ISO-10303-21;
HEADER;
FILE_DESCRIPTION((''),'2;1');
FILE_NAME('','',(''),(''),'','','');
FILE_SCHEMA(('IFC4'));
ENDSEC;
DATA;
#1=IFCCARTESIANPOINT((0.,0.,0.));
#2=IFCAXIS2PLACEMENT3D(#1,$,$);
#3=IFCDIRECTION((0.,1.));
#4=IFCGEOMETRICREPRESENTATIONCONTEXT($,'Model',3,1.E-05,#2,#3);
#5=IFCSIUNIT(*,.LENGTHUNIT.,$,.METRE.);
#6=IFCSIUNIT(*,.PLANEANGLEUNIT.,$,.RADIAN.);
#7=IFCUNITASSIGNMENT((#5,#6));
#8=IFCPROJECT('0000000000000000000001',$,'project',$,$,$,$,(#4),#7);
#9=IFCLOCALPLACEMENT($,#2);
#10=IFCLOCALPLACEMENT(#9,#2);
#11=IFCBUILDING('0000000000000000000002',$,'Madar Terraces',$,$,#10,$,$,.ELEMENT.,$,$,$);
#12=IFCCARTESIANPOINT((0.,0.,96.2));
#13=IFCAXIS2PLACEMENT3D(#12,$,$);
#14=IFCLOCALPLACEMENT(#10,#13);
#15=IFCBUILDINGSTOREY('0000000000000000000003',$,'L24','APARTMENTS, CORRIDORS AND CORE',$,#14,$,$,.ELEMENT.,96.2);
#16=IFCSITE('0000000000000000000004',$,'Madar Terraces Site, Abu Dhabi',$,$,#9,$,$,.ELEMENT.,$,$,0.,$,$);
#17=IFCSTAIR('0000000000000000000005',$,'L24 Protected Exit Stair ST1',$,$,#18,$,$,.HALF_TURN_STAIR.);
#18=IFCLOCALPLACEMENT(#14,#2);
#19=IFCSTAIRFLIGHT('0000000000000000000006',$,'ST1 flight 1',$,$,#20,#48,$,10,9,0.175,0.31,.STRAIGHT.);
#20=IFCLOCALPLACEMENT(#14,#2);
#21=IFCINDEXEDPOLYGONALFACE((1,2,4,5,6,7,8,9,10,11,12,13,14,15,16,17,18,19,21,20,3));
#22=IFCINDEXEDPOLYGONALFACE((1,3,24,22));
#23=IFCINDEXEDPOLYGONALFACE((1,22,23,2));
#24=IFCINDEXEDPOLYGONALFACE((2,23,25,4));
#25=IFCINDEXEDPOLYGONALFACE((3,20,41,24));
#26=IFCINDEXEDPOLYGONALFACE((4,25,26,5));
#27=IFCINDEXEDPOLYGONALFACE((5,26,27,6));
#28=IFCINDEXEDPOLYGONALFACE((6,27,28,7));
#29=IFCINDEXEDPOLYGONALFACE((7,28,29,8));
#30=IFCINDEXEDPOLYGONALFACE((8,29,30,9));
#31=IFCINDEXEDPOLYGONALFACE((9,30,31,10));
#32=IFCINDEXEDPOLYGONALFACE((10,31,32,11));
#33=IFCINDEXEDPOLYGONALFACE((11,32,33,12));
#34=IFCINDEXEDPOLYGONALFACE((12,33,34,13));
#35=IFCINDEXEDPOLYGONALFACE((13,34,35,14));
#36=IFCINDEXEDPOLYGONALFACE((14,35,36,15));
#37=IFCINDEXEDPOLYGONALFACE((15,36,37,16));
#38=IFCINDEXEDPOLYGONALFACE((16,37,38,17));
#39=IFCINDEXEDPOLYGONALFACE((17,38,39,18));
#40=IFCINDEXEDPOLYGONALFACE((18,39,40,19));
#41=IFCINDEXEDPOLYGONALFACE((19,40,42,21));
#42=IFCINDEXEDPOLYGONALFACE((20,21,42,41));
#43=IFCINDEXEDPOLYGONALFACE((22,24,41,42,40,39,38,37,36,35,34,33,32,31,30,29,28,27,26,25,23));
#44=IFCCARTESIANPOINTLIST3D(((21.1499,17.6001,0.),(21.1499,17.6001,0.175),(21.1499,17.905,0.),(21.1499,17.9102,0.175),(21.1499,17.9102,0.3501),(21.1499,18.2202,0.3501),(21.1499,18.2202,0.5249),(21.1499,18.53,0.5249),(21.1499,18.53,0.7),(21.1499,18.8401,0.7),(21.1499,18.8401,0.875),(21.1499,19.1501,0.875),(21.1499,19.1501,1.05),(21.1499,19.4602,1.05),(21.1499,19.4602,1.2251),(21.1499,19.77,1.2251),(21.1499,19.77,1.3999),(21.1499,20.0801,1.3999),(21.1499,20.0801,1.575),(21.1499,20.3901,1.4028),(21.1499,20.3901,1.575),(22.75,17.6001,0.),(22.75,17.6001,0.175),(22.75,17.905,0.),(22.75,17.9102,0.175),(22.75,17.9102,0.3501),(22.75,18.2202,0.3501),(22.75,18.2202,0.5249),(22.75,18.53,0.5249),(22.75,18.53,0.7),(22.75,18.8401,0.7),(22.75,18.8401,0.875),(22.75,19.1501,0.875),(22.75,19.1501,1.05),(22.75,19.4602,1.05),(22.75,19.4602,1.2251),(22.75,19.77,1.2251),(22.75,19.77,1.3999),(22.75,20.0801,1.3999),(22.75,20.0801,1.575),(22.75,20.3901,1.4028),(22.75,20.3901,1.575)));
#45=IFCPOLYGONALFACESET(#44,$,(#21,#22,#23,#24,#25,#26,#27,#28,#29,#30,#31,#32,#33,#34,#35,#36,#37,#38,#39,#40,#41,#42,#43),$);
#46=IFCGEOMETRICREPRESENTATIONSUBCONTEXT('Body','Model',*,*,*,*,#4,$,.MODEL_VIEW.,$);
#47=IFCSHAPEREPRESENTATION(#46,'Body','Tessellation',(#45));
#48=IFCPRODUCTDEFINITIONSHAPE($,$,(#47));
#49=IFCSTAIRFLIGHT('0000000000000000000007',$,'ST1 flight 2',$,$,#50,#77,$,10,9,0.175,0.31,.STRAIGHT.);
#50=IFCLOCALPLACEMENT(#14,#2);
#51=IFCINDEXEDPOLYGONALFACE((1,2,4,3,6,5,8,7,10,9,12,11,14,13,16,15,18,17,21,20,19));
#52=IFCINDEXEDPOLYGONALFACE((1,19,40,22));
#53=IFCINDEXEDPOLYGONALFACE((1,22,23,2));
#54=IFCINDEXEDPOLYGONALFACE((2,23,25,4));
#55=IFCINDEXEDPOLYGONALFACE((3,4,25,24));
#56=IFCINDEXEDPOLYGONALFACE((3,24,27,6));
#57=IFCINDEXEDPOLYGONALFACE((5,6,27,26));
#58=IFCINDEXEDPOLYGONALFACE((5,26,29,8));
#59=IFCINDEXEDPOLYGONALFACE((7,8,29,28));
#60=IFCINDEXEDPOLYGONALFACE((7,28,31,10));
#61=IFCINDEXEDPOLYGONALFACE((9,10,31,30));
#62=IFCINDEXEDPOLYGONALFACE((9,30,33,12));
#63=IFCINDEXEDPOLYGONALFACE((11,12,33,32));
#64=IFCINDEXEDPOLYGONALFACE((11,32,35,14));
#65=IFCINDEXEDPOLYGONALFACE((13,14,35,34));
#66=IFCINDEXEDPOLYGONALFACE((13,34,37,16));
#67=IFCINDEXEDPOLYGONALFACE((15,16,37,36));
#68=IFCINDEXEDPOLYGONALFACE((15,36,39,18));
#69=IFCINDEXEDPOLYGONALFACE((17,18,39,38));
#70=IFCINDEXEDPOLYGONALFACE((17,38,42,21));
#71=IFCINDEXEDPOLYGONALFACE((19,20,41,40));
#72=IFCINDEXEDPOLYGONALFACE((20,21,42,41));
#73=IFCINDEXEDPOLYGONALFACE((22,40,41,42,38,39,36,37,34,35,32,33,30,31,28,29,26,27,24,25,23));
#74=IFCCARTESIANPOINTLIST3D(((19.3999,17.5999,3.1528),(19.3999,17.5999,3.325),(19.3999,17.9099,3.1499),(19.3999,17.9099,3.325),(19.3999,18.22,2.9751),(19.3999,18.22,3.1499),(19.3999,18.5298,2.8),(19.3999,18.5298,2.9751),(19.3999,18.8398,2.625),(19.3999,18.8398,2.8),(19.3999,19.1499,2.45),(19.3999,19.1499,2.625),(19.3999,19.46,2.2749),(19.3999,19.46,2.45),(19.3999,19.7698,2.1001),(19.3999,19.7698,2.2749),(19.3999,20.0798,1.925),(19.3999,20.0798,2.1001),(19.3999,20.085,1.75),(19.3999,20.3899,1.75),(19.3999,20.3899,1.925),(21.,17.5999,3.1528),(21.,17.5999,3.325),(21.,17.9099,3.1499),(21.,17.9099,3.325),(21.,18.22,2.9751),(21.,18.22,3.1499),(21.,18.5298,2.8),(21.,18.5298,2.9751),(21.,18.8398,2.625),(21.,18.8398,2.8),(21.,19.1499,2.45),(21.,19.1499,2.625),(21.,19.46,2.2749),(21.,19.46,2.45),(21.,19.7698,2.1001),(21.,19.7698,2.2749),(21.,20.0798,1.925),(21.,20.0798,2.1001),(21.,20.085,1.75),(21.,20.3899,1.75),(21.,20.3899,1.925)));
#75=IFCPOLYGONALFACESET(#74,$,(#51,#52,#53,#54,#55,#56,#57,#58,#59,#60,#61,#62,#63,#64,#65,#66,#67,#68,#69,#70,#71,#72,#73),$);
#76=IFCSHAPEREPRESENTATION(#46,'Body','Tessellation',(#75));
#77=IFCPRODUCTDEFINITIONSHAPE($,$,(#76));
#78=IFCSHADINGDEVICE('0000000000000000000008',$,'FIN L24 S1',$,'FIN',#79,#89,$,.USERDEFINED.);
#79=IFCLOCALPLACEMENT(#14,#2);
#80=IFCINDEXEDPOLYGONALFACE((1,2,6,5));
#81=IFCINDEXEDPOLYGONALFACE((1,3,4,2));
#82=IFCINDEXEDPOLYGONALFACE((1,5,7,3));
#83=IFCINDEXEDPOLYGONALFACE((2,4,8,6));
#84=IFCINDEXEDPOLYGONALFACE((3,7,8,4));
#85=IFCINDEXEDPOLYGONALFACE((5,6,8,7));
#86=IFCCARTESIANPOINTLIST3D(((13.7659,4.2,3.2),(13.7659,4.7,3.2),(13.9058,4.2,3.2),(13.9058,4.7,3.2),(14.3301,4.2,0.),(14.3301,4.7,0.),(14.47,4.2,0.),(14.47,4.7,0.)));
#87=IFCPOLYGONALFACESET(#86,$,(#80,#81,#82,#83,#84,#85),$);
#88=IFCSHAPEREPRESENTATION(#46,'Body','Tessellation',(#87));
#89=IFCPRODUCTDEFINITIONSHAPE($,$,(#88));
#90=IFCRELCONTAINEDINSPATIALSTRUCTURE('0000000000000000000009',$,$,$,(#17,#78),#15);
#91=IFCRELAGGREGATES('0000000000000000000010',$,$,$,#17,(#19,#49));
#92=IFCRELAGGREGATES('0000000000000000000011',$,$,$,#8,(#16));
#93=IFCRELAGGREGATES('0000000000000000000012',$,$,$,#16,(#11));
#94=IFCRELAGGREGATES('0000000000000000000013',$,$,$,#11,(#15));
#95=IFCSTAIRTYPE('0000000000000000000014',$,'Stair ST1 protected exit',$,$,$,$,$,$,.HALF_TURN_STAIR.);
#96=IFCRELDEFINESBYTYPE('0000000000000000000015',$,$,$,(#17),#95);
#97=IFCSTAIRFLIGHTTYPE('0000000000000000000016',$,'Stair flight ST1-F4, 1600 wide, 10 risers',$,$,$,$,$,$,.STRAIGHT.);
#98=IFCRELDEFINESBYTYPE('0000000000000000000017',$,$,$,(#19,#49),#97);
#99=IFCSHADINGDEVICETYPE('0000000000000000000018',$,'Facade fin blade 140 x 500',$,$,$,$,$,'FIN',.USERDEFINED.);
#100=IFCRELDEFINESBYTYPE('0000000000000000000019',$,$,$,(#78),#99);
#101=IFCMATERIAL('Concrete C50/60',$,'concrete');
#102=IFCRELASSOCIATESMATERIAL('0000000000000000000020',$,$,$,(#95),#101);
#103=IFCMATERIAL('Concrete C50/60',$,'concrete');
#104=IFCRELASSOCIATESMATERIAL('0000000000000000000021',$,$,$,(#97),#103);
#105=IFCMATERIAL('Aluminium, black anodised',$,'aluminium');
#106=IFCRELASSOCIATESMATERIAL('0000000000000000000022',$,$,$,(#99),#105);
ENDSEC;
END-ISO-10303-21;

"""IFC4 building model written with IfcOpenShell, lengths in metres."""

from ifc_helpers import new_model, si_unit, direction, frame, origin, place, context, subcontext, project, spatial, polyline, outline, extrude, material, type_object, element, aggregate, save


model = new_model("IFC4")

# Units and contexts
model_context = context("Model", 3, precision=1e-05, world=origin(), true_north=direction((0.0, 1.0)))
body_context = subcontext(model_context, "Body", "Model", "MODEL_VIEW")
ifc_project = project(units=[si_unit("LENGTHUNIT", "METRE"), si_unit("PLANEANGLEUNIT", "RADIAN")], contexts=[model_context])

# Site, building, storey
site_placement = place(None, origin())
site = spatial("IfcSite", under=ifc_project, at=site_placement, Name="Madar Terraces Site, Abu Dhabi", CompositionType="ELEMENT", RefElevation=0.0)
building_placement = place(site_placement, origin())
building = spatial("IfcBuilding", under=site, at=building_placement, Name="Madar Terraces", CompositionType="ELEMENT")
storey_placement = place(building_placement, frame((0.0, 0.0, 96.2)))
storey = spatial("IfcBuildingStorey", under=building, at=storey_placement, Name="L24", Description="APARTMENTS, CORRIDORS AND CORE", CompositionType="ELEMENT", Elevation=96.2)

# Stair, stair flights
ifc_material_1 = material(Name="Concrete C50/60", Category="concrete")
stair_type = type_object("IfcStairType", Name="Stair ST1 protected exit", PredefinedType="HALF_TURN_STAIR", material=ifc_material_1)
stair_placement = place(storey_placement, origin())
stair = element("IfcStair", 1, at=stair_placement, inside=storey, type_object=stair_type, Name="L24 Protected Exit Stair ST1", PredefinedType="HALF_TURN_STAIR")
ifc_material_2 = material(Name="Concrete C50/60", Category="concrete")
stair_flight_type = type_object("IfcStairFlightType", Name="Stair flight ST1-F4, 1600 wide, 10 risers", PredefinedType="STRAIGHT", material=ifc_material_2)
stair_flight_1_placement = place(storey_placement, frame((21.95, 17.6001, 0.0), z_axis=(0.0, 0.0, 1.0), x_axis=(0.0, 1.0, 0.0)))
stair_flight_1 = element("IfcStairFlight", 2, at=stair_flight_1_placement, type_object=stair_flight_type, Name="ST1 flight 1", NumberOfRisers=10, NumberOfTreads=9, PredefinedType="STRAIGHT", RiserHeight=0.175, TreadLength=0.31, context=body_context, shape_type="SweptSolid", body=[
    extrude(outline(polyline([(0.0, 0.0), (0.0, 0.175), (0.3101, 0.175), (0.3101, 0.3501), (0.6201, 0.3501), (0.6201, 0.5249), (0.9299, 0.5249), (0.9299, 0.7), (1.24, 0.7), (1.24, 0.875), (1.55, 0.875), (1.55, 1.05), (1.8601, 1.05), (1.8601, 1.2251), (2.1699, 1.2251), (2.1699, 1.3999), (2.48, 1.3999), (2.48, 1.575), (2.79, 1.575), (2.79, 1.75), (2.79, 1.4028), (0.3049, 0.0), (0.0, 0.0)])), frame((0.0, 0.8, 0.0), z_axis=(0.0, -1.0, 0.0), x_axis=(1.0, 0.0, 0.0)), (0.0, 0.0, 1.0), 1.6001),
])
stair_flight_2_placement = place(storey_placement, frame((20.2, 20.3899, 1.75), z_axis=(0.0, 0.0, 1.0), x_axis=(0.0, -1.0, 0.0)))
stair_flight_2 = element("IfcStairFlight", 3, at=stair_flight_2_placement, type_object=stair_flight_type, Name="ST1 flight 2", NumberOfRisers=10, NumberOfTreads=9, PredefinedType="STRAIGHT", RiserHeight=0.175, TreadLength=0.31, context=body_context, shape_type="SweptSolid", body=[
    extrude(outline(polyline([(0.0, 0.0), (0.0, 0.175), (0.3101, 0.175), (0.3101, 0.3501), (0.6201, 0.3501), (0.6201, 0.5249), (0.9299, 0.5249), (0.9299, 0.7), (1.24, 0.7), (1.24, 0.875), (1.55, 0.875), (1.55, 1.05), (1.8601, 1.05), (1.8601, 1.2251), (2.1699, 1.2251), (2.1699, 1.3999), (2.48, 1.3999), (2.48, 1.575), (2.79, 1.575), (2.79, 1.75), (2.79, 1.4028), (0.3049, 0.0), (0.0, 0.0)])), frame((0.0, 0.8, 0.0), z_axis=(0.0, -1.0, 0.0), x_axis=(1.0, 0.0, 0.0)), (0.0, 0.0, 1.0), 1.6001),
])
aggregate(stair, [stair_flight_1, stair_flight_2])

# Shading device
ifc_material_3 = material(Name="Aluminium, black anodised", Category="aluminium")
shading_device_type = type_object("IfcShadingDeviceType", Name="Facade fin blade 140 x 500", ElementType="FIN", PredefinedType="USERDEFINED", material=ifc_material_3)
shading_device_placement = place(storey_placement, frame((14.3301, 4.45, 0.0), z_axis=(0.0, 0.0, 1.0), x_axis=(1.0, 0.0, 0.0)))
element("IfcShadingDevice", 4, at=shading_device_placement, inside=storey, type_object=shading_device_type, Name="FIN L24 S1", ObjectType="FIN", PredefinedType="USERDEFINED", context=body_context, shape_type="SweptSolid", body=[
    extrude(outline(polyline([(0.0, 0.0), (0.1399, 0.0), (-0.4243, 3.2), (-0.5642, 3.2), (0.0, 0.0)])), frame((0.0, 0.25, 0.0), z_axis=(0.0, -1.0, 0.0), x_axis=(1.0, 0.0, 0.0)), (0.0, 0.0, 1.0), 0.5),
])

save(model, "model.ifc")
